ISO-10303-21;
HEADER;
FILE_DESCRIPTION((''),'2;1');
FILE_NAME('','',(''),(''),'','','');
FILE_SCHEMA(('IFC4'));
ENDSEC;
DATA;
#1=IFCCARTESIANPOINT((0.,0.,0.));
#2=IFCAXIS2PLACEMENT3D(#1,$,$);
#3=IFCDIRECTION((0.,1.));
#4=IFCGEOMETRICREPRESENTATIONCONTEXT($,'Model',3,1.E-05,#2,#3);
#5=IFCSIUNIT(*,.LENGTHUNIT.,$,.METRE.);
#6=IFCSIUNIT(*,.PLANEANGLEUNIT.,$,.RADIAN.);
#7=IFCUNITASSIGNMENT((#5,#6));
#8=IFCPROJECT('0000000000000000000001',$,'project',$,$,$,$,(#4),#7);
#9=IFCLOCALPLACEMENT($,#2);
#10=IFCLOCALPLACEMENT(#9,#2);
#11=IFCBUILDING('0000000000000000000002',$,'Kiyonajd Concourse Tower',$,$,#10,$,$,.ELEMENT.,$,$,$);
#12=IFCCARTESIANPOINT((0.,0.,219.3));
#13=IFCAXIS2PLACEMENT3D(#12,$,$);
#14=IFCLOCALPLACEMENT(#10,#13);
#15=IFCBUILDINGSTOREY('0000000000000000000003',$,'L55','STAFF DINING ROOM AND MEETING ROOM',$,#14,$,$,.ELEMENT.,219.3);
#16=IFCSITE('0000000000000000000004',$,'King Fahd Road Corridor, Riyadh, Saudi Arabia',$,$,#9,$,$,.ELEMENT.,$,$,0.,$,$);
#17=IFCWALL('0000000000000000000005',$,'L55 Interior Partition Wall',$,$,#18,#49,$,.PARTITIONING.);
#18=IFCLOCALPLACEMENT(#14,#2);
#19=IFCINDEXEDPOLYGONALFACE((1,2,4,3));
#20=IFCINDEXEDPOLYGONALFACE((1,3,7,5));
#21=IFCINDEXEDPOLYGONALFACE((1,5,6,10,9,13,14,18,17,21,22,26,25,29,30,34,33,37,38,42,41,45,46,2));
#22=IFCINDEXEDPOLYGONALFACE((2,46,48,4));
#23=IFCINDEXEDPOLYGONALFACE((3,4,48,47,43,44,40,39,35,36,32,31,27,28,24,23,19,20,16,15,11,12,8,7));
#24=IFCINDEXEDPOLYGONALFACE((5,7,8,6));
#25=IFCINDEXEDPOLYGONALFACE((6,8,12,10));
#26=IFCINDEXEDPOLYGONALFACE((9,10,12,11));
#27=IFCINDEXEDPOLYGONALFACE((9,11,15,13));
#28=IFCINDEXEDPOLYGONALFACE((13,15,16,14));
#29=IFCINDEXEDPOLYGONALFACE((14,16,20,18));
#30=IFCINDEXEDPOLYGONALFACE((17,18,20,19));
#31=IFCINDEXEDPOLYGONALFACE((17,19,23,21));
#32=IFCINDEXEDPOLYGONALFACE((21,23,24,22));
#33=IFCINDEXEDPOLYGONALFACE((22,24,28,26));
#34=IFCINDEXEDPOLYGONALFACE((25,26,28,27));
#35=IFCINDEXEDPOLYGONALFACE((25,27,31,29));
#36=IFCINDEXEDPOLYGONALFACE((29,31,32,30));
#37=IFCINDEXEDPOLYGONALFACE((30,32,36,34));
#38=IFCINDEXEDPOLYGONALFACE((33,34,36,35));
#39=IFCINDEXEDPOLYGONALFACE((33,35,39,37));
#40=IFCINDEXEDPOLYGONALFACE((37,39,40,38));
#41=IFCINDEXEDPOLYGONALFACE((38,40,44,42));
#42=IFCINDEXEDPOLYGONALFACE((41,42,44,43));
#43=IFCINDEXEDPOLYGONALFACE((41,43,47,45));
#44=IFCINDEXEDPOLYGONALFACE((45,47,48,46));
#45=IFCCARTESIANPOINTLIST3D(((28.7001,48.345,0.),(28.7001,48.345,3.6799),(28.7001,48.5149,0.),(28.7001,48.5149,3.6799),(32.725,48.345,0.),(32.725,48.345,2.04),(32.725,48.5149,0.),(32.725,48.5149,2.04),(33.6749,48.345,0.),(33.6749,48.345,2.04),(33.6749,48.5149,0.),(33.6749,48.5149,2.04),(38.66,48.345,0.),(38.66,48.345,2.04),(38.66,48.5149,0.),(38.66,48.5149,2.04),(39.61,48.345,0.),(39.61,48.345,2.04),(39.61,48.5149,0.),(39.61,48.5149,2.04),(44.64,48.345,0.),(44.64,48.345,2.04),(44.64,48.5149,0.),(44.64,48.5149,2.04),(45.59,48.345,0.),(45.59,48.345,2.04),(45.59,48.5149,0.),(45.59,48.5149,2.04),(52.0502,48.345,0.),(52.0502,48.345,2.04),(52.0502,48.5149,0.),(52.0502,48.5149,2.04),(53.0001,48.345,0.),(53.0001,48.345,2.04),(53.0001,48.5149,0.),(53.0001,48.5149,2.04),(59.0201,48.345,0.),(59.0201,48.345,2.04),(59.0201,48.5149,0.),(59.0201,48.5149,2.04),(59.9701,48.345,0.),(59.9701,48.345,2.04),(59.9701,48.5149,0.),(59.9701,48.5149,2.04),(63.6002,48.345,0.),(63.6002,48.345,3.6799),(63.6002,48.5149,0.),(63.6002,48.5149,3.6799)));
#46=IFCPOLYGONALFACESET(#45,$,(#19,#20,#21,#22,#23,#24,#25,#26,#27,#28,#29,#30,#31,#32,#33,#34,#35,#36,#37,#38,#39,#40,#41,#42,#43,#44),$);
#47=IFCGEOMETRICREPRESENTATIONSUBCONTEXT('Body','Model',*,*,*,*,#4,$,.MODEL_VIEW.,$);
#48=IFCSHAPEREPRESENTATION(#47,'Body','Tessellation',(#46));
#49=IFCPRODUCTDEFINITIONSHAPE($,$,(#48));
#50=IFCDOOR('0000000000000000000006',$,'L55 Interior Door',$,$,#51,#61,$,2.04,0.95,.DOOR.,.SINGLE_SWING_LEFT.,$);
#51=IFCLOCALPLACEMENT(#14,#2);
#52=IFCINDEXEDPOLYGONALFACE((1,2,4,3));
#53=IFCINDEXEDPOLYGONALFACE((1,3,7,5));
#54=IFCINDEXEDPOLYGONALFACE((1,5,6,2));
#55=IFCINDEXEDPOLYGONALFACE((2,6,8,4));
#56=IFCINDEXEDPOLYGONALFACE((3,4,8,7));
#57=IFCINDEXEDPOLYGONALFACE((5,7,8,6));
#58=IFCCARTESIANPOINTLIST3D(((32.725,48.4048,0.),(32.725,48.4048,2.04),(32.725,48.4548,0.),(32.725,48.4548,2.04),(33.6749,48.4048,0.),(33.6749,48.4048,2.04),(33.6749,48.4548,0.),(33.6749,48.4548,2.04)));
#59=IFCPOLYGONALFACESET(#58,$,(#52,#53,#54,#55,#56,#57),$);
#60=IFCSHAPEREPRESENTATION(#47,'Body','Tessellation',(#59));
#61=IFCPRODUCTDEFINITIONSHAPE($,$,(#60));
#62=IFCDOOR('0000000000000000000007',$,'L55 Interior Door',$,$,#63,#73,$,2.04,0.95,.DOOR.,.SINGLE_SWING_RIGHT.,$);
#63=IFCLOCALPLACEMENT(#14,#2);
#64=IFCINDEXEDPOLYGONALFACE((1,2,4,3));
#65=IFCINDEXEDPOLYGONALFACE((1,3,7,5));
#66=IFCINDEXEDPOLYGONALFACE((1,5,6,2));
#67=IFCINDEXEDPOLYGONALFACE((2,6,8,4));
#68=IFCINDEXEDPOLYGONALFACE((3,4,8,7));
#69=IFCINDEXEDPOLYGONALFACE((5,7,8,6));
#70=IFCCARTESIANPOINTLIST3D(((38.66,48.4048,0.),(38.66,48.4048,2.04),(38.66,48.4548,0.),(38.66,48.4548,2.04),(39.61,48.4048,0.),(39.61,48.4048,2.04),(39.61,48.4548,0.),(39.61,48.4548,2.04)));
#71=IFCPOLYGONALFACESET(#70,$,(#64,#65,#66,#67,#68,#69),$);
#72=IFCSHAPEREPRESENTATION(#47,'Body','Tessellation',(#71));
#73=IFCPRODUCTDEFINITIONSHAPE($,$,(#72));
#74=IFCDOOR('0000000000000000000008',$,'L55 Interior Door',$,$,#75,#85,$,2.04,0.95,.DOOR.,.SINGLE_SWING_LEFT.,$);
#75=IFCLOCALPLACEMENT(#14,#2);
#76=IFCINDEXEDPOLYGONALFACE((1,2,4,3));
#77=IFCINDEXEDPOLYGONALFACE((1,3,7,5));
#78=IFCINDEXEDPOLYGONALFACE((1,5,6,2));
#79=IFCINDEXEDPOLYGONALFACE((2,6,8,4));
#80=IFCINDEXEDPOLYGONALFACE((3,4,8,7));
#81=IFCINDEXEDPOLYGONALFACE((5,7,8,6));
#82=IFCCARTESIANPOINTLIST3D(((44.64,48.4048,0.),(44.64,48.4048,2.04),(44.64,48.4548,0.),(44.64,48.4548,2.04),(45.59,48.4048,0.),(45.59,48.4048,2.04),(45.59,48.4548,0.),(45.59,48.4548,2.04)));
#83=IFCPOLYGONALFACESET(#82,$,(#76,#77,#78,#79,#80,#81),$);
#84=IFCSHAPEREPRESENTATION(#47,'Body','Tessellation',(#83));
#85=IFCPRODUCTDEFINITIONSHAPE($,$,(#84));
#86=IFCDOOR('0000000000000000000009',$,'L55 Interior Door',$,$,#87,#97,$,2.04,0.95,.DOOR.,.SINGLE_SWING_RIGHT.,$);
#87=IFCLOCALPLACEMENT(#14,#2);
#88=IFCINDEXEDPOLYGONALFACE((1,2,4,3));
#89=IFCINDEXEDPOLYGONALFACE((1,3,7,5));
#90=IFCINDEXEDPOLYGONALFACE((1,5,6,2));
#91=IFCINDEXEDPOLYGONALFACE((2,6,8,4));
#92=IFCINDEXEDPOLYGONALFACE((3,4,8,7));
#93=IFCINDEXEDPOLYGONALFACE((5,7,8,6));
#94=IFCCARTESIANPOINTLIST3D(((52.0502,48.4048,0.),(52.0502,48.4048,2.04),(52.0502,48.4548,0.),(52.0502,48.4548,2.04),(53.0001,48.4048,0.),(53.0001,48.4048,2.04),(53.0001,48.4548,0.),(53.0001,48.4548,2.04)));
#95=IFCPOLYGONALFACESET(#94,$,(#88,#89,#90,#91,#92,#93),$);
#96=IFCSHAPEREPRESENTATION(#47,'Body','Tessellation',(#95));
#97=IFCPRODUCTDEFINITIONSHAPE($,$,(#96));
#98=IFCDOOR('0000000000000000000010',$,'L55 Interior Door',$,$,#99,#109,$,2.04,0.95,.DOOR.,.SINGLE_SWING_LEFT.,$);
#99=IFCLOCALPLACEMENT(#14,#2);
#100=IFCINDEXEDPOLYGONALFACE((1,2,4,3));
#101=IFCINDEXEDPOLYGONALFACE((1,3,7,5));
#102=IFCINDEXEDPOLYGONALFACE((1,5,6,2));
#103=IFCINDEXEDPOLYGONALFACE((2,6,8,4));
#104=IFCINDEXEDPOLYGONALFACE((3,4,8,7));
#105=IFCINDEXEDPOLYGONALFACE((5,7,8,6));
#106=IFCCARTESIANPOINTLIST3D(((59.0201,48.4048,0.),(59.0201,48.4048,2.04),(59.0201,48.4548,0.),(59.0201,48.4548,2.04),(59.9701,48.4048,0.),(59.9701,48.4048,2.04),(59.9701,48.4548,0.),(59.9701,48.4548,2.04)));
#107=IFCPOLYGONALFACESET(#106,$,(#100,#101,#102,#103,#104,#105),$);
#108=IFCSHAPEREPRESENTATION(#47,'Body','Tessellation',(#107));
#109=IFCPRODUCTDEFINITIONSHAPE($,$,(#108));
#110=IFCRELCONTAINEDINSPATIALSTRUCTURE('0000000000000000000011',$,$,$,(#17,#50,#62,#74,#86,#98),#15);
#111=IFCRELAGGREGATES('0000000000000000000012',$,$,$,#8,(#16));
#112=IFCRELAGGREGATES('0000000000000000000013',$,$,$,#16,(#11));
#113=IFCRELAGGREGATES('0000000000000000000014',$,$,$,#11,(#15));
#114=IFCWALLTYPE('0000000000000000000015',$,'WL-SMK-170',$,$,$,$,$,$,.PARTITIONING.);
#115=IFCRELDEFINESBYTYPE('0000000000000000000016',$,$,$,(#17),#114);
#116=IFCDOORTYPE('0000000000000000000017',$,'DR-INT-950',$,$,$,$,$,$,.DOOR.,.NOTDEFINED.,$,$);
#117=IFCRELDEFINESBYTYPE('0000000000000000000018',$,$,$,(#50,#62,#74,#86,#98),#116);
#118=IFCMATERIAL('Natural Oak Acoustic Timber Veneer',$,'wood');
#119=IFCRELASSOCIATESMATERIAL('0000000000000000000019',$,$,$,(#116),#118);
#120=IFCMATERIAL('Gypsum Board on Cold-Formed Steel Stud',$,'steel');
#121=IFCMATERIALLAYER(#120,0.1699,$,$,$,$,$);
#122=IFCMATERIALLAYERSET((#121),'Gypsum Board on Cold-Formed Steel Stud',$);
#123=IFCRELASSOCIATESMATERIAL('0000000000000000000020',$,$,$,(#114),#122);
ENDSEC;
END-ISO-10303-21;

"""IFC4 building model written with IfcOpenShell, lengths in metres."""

from ifc_helpers import new_model, si_unit, direction, frame, frame_2d, origin, place, context, subcontext, project, spatial, rectangle, extrude, material, layer, layer_set, type_object, element, fill, save


model = new_model("IFC4")

# Units and contexts
model_context = context("Model", 3, precision=1e-05, world=origin(), true_north=direction((0.0, 1.0)))
body_context = subcontext(model_context, "Body", "Model", "MODEL_VIEW")
ifc_project = project(units=[si_unit("LENGTHUNIT", "METRE"), si_unit("PLANEANGLEUNIT", "RADIAN")], contexts=[model_context])

# Site, building, storey
site_placement = place(None, origin())
site = spatial("IfcSite", under=ifc_project, at=site_placement, Name="King Fahd Road Corridor, Riyadh, Saudi Arabia", CompositionType="ELEMENT", RefElevation=0.0)
building_placement = place(site_placement, origin())
building = spatial("IfcBuilding", under=site, at=building_placement, Name="Kiyonajd Concourse Tower", CompositionType="ELEMENT")
storey_placement = place(building_placement, frame((0.0, 0.0, 219.3)))
storey = spatial("IfcBuildingStorey", under=building, at=storey_placement, Name="L55", Description="STAFF DINING ROOM AND MEETING ROOM", CompositionType="ELEMENT", Elevation=219.3)

# Shared definitions
ifc_material_1 = material(Name="Natural Oak Acoustic Timber Veneer", Category="wood")
door_type_1 = type_object("IfcDoorType", Name="DR-INT-950", OperationType="NOTDEFINED", PredefinedType="DOOR", material=ifc_material_1)

# Shared definitions
ifc_material_2 = material(Name="Gypsum Board on Cold-Formed Steel Stud", Category="steel")

# Wall, openings, doors
ifc_layer_1 = layer(ifc_material_2, 0.1699)
ifc_layer_set_1 = layer_set([ifc_layer_1], Name="Gypsum Board on Cold-Formed Steel Stud")
wall_type_1 = type_object("IfcWallType", Name="WL-SMK-170", PredefinedType="PARTITIONING", material=ifc_layer_set_1)
wall_1_placement = place(storey_placement, frame((28.7, 48.4299, 0.0), z_axis=(0.0, 0.0, 1.0), x_axis=(1.0, 0.0, 0.0)))
wall_1 = element("IfcWall", 1, at=wall_1_placement, inside=storey, type_object=wall_type_1, Name="L55 Interior Partition Wall", PredefinedType="PARTITIONING", context=body_context, shape_type="SweptSolid", body=[
    extrude(rectangle(XDim=34.9001, YDim=0.1699, at=frame_2d((17.4502, 0.0))), origin(), (0.0, 0.0, 1.0), 3.6799),
])
opening_1_placement = place(wall_1_placement, frame((4.0249, 0.0, 0.0)))
opening_1 = element("IfcOpeningElement", 2, at=opening_1_placement, cuts=wall_1, PredefinedType="OPENING", context=body_context, shape_type="SweptSolid", body=[
    extrude(rectangle(XDim=0.95, YDim=2.04, at=frame_2d((0.4751, 1.02))), frame((0.0, 0.095, 0.0), z_axis=(0.0, -1.0, 0.0), x_axis=(1.0, 0.0, 0.0)), (0.0, 0.0, 1.0), 0.1899),
])
opening_2_placement = place(wall_1_placement, frame((9.96, 0.0, 0.0)))
opening_2 = element("IfcOpeningElement", 3, at=opening_2_placement, cuts=wall_1, PredefinedType="OPENING", context=body_context, shape_type="SweptSolid", body=[
    extrude(rectangle(XDim=0.95, YDim=2.04, at=frame_2d((0.4751, 1.02))), frame((0.0, 0.095, 0.0), z_axis=(0.0, -1.0, 0.0), x_axis=(1.0, 0.0, 0.0)), (0.0, 0.0, 1.0), 0.1899),
])
opening_3_placement = place(wall_1_placement, frame((15.9399, 0.0, 0.0)))
opening_3 = element("IfcOpeningElement", 4, at=opening_3_placement, cuts=wall_1, PredefinedType="OPENING", context=body_context, shape_type="SweptSolid", body=[
    extrude(rectangle(XDim=0.95, YDim=2.04, at=frame_2d((0.4751, 1.02))), frame((0.0, 0.095, 0.0), z_axis=(0.0, -1.0, 0.0), x_axis=(1.0, 0.0, 0.0)), (0.0, 0.0, 1.0), 0.1899),
])
opening_4_placement = place(wall_1_placement, frame((23.3501, 0.0, 0.0)))
opening_4 = element("IfcOpeningElement", 5, at=opening_4_placement, cuts=wall_1, PredefinedType="OPENING", context=body_context, shape_type="SweptSolid", body=[
    extrude(rectangle(XDim=0.95, YDim=2.04, at=frame_2d((0.4751, 1.02))), frame((0.0, 0.095, 0.0), z_axis=(0.0, -1.0, 0.0), x_axis=(1.0, 0.0, 0.0)), (0.0, 0.0, 1.0), 0.1899),
])
opening_5_placement = place(wall_1_placement, frame((30.3201, 0.0, 0.0)))
opening_5 = element("IfcOpeningElement", 6, at=opening_5_placement, cuts=wall_1, PredefinedType="OPENING", context=body_context, shape_type="SweptSolid", body=[
    extrude(rectangle(XDim=0.95, YDim=2.04, at=frame_2d((0.4751, 1.02))), frame((0.0, 0.095, 0.0), z_axis=(0.0, -1.0, 0.0), x_axis=(1.0, 0.0, 0.0)), (0.0, 0.0, 1.0), 0.1899),
])
door_1_placement = place(opening_1_placement, origin())
door_1 = element("IfcDoor", 7, at=door_1_placement, inside=storey, type_object=door_type_1, Name="L55 Interior Door", OperationType="SINGLE_SWING_LEFT", OverallHeight=2.04, OverallWidth=0.95, PredefinedType="DOOR", context=body_context, shape_type="SweptSolid", body=[
    extrude(rectangle(XDim=0.95, YDim=2.04, at=frame_2d((0.4751, 1.02))), frame((0.0, 0.0249, 0.0), z_axis=(0.0, -1.0, 0.0), x_axis=(1.0, 0.0, 0.0)), (0.0, 0.0, 1.0), 0.05),
])
fill(opening_1, door_1)
door_2_placement = place(opening_2_placement, origin())
door_2 = element("IfcDoor", 8, at=door_2_placement, inside=storey, type_object=door_type_1, Name="L55 Interior Door", OperationType="SINGLE_SWING_RIGHT", OverallHeight=2.04, OverallWidth=0.95, PredefinedType="DOOR", context=body_context, shape_type="SweptSolid", body=[
    extrude(rectangle(XDim=0.95, YDim=2.04, at=frame_2d((0.4751, 1.02))), frame((0.0, 0.0249, 0.0), z_axis=(0.0, -1.0, 0.0), x_axis=(1.0, 0.0, 0.0)), (0.0, 0.0, 1.0), 0.05),
])
fill(opening_2, door_2)
door_3_placement = place(opening_3_placement, origin())
door_3 = element("IfcDoor", 9, at=door_3_placement, inside=storey, type_object=door_type_1, Name="L55 Interior Door", OperationType="SINGLE_SWING_LEFT", OverallHeight=2.04, OverallWidth=0.95, PredefinedType="DOOR", context=body_context, shape_type="SweptSolid", body=[
    extrude(rectangle(XDim=0.95, YDim=2.04, at=frame_2d((0.4751, 1.02))), frame((0.0, 0.0249, 0.0), z_axis=(0.0, -1.0, 0.0), x_axis=(1.0, 0.0, 0.0)), (0.0, 0.0, 1.0), 0.05),
])
fill(opening_3, door_3)
door_4_placement = place(opening_4_placement, origin())
door_4 = element("IfcDoor", 10, at=door_4_placement, inside=storey, type_object=door_type_1, Name="L55 Interior Door", OperationType="SINGLE_SWING_RIGHT", OverallHeight=2.04, OverallWidth=0.95, PredefinedType="DOOR", context=body_context, shape_type="SweptSolid", body=[
    extrude(rectangle(XDim=0.95, YDim=2.04, at=frame_2d((0.4751, 1.02))), frame((0.0, 0.0249, 0.0), z_axis=(0.0, -1.0, 0.0), x_axis=(1.0, 0.0, 0.0)), (0.0, 0.0, 1.0), 0.05),
])
fill(opening_4, door_4)
door_5_placement = place(opening_5_placement, origin())
door_5 = element("IfcDoor", 11, at=door_5_placement, inside=storey, type_object=door_type_1, Name="L55 Interior Door", OperationType="SINGLE_SWING_LEFT", OverallHeight=2.04, OverallWidth=0.95, PredefinedType="DOOR", context=body_context, shape_type="SweptSolid", body=[
    extrude(rectangle(XDim=0.95, YDim=2.04, at=frame_2d((0.4751, 1.02))), frame((0.0, 0.0249, 0.0), z_axis=(0.0, -1.0, 0.0), x_axis=(1.0, 0.0, 0.0)), (0.0, 0.0, 1.0), 0.05),
])
fill(opening_5, door_5)

save(model, "model.ifc")
